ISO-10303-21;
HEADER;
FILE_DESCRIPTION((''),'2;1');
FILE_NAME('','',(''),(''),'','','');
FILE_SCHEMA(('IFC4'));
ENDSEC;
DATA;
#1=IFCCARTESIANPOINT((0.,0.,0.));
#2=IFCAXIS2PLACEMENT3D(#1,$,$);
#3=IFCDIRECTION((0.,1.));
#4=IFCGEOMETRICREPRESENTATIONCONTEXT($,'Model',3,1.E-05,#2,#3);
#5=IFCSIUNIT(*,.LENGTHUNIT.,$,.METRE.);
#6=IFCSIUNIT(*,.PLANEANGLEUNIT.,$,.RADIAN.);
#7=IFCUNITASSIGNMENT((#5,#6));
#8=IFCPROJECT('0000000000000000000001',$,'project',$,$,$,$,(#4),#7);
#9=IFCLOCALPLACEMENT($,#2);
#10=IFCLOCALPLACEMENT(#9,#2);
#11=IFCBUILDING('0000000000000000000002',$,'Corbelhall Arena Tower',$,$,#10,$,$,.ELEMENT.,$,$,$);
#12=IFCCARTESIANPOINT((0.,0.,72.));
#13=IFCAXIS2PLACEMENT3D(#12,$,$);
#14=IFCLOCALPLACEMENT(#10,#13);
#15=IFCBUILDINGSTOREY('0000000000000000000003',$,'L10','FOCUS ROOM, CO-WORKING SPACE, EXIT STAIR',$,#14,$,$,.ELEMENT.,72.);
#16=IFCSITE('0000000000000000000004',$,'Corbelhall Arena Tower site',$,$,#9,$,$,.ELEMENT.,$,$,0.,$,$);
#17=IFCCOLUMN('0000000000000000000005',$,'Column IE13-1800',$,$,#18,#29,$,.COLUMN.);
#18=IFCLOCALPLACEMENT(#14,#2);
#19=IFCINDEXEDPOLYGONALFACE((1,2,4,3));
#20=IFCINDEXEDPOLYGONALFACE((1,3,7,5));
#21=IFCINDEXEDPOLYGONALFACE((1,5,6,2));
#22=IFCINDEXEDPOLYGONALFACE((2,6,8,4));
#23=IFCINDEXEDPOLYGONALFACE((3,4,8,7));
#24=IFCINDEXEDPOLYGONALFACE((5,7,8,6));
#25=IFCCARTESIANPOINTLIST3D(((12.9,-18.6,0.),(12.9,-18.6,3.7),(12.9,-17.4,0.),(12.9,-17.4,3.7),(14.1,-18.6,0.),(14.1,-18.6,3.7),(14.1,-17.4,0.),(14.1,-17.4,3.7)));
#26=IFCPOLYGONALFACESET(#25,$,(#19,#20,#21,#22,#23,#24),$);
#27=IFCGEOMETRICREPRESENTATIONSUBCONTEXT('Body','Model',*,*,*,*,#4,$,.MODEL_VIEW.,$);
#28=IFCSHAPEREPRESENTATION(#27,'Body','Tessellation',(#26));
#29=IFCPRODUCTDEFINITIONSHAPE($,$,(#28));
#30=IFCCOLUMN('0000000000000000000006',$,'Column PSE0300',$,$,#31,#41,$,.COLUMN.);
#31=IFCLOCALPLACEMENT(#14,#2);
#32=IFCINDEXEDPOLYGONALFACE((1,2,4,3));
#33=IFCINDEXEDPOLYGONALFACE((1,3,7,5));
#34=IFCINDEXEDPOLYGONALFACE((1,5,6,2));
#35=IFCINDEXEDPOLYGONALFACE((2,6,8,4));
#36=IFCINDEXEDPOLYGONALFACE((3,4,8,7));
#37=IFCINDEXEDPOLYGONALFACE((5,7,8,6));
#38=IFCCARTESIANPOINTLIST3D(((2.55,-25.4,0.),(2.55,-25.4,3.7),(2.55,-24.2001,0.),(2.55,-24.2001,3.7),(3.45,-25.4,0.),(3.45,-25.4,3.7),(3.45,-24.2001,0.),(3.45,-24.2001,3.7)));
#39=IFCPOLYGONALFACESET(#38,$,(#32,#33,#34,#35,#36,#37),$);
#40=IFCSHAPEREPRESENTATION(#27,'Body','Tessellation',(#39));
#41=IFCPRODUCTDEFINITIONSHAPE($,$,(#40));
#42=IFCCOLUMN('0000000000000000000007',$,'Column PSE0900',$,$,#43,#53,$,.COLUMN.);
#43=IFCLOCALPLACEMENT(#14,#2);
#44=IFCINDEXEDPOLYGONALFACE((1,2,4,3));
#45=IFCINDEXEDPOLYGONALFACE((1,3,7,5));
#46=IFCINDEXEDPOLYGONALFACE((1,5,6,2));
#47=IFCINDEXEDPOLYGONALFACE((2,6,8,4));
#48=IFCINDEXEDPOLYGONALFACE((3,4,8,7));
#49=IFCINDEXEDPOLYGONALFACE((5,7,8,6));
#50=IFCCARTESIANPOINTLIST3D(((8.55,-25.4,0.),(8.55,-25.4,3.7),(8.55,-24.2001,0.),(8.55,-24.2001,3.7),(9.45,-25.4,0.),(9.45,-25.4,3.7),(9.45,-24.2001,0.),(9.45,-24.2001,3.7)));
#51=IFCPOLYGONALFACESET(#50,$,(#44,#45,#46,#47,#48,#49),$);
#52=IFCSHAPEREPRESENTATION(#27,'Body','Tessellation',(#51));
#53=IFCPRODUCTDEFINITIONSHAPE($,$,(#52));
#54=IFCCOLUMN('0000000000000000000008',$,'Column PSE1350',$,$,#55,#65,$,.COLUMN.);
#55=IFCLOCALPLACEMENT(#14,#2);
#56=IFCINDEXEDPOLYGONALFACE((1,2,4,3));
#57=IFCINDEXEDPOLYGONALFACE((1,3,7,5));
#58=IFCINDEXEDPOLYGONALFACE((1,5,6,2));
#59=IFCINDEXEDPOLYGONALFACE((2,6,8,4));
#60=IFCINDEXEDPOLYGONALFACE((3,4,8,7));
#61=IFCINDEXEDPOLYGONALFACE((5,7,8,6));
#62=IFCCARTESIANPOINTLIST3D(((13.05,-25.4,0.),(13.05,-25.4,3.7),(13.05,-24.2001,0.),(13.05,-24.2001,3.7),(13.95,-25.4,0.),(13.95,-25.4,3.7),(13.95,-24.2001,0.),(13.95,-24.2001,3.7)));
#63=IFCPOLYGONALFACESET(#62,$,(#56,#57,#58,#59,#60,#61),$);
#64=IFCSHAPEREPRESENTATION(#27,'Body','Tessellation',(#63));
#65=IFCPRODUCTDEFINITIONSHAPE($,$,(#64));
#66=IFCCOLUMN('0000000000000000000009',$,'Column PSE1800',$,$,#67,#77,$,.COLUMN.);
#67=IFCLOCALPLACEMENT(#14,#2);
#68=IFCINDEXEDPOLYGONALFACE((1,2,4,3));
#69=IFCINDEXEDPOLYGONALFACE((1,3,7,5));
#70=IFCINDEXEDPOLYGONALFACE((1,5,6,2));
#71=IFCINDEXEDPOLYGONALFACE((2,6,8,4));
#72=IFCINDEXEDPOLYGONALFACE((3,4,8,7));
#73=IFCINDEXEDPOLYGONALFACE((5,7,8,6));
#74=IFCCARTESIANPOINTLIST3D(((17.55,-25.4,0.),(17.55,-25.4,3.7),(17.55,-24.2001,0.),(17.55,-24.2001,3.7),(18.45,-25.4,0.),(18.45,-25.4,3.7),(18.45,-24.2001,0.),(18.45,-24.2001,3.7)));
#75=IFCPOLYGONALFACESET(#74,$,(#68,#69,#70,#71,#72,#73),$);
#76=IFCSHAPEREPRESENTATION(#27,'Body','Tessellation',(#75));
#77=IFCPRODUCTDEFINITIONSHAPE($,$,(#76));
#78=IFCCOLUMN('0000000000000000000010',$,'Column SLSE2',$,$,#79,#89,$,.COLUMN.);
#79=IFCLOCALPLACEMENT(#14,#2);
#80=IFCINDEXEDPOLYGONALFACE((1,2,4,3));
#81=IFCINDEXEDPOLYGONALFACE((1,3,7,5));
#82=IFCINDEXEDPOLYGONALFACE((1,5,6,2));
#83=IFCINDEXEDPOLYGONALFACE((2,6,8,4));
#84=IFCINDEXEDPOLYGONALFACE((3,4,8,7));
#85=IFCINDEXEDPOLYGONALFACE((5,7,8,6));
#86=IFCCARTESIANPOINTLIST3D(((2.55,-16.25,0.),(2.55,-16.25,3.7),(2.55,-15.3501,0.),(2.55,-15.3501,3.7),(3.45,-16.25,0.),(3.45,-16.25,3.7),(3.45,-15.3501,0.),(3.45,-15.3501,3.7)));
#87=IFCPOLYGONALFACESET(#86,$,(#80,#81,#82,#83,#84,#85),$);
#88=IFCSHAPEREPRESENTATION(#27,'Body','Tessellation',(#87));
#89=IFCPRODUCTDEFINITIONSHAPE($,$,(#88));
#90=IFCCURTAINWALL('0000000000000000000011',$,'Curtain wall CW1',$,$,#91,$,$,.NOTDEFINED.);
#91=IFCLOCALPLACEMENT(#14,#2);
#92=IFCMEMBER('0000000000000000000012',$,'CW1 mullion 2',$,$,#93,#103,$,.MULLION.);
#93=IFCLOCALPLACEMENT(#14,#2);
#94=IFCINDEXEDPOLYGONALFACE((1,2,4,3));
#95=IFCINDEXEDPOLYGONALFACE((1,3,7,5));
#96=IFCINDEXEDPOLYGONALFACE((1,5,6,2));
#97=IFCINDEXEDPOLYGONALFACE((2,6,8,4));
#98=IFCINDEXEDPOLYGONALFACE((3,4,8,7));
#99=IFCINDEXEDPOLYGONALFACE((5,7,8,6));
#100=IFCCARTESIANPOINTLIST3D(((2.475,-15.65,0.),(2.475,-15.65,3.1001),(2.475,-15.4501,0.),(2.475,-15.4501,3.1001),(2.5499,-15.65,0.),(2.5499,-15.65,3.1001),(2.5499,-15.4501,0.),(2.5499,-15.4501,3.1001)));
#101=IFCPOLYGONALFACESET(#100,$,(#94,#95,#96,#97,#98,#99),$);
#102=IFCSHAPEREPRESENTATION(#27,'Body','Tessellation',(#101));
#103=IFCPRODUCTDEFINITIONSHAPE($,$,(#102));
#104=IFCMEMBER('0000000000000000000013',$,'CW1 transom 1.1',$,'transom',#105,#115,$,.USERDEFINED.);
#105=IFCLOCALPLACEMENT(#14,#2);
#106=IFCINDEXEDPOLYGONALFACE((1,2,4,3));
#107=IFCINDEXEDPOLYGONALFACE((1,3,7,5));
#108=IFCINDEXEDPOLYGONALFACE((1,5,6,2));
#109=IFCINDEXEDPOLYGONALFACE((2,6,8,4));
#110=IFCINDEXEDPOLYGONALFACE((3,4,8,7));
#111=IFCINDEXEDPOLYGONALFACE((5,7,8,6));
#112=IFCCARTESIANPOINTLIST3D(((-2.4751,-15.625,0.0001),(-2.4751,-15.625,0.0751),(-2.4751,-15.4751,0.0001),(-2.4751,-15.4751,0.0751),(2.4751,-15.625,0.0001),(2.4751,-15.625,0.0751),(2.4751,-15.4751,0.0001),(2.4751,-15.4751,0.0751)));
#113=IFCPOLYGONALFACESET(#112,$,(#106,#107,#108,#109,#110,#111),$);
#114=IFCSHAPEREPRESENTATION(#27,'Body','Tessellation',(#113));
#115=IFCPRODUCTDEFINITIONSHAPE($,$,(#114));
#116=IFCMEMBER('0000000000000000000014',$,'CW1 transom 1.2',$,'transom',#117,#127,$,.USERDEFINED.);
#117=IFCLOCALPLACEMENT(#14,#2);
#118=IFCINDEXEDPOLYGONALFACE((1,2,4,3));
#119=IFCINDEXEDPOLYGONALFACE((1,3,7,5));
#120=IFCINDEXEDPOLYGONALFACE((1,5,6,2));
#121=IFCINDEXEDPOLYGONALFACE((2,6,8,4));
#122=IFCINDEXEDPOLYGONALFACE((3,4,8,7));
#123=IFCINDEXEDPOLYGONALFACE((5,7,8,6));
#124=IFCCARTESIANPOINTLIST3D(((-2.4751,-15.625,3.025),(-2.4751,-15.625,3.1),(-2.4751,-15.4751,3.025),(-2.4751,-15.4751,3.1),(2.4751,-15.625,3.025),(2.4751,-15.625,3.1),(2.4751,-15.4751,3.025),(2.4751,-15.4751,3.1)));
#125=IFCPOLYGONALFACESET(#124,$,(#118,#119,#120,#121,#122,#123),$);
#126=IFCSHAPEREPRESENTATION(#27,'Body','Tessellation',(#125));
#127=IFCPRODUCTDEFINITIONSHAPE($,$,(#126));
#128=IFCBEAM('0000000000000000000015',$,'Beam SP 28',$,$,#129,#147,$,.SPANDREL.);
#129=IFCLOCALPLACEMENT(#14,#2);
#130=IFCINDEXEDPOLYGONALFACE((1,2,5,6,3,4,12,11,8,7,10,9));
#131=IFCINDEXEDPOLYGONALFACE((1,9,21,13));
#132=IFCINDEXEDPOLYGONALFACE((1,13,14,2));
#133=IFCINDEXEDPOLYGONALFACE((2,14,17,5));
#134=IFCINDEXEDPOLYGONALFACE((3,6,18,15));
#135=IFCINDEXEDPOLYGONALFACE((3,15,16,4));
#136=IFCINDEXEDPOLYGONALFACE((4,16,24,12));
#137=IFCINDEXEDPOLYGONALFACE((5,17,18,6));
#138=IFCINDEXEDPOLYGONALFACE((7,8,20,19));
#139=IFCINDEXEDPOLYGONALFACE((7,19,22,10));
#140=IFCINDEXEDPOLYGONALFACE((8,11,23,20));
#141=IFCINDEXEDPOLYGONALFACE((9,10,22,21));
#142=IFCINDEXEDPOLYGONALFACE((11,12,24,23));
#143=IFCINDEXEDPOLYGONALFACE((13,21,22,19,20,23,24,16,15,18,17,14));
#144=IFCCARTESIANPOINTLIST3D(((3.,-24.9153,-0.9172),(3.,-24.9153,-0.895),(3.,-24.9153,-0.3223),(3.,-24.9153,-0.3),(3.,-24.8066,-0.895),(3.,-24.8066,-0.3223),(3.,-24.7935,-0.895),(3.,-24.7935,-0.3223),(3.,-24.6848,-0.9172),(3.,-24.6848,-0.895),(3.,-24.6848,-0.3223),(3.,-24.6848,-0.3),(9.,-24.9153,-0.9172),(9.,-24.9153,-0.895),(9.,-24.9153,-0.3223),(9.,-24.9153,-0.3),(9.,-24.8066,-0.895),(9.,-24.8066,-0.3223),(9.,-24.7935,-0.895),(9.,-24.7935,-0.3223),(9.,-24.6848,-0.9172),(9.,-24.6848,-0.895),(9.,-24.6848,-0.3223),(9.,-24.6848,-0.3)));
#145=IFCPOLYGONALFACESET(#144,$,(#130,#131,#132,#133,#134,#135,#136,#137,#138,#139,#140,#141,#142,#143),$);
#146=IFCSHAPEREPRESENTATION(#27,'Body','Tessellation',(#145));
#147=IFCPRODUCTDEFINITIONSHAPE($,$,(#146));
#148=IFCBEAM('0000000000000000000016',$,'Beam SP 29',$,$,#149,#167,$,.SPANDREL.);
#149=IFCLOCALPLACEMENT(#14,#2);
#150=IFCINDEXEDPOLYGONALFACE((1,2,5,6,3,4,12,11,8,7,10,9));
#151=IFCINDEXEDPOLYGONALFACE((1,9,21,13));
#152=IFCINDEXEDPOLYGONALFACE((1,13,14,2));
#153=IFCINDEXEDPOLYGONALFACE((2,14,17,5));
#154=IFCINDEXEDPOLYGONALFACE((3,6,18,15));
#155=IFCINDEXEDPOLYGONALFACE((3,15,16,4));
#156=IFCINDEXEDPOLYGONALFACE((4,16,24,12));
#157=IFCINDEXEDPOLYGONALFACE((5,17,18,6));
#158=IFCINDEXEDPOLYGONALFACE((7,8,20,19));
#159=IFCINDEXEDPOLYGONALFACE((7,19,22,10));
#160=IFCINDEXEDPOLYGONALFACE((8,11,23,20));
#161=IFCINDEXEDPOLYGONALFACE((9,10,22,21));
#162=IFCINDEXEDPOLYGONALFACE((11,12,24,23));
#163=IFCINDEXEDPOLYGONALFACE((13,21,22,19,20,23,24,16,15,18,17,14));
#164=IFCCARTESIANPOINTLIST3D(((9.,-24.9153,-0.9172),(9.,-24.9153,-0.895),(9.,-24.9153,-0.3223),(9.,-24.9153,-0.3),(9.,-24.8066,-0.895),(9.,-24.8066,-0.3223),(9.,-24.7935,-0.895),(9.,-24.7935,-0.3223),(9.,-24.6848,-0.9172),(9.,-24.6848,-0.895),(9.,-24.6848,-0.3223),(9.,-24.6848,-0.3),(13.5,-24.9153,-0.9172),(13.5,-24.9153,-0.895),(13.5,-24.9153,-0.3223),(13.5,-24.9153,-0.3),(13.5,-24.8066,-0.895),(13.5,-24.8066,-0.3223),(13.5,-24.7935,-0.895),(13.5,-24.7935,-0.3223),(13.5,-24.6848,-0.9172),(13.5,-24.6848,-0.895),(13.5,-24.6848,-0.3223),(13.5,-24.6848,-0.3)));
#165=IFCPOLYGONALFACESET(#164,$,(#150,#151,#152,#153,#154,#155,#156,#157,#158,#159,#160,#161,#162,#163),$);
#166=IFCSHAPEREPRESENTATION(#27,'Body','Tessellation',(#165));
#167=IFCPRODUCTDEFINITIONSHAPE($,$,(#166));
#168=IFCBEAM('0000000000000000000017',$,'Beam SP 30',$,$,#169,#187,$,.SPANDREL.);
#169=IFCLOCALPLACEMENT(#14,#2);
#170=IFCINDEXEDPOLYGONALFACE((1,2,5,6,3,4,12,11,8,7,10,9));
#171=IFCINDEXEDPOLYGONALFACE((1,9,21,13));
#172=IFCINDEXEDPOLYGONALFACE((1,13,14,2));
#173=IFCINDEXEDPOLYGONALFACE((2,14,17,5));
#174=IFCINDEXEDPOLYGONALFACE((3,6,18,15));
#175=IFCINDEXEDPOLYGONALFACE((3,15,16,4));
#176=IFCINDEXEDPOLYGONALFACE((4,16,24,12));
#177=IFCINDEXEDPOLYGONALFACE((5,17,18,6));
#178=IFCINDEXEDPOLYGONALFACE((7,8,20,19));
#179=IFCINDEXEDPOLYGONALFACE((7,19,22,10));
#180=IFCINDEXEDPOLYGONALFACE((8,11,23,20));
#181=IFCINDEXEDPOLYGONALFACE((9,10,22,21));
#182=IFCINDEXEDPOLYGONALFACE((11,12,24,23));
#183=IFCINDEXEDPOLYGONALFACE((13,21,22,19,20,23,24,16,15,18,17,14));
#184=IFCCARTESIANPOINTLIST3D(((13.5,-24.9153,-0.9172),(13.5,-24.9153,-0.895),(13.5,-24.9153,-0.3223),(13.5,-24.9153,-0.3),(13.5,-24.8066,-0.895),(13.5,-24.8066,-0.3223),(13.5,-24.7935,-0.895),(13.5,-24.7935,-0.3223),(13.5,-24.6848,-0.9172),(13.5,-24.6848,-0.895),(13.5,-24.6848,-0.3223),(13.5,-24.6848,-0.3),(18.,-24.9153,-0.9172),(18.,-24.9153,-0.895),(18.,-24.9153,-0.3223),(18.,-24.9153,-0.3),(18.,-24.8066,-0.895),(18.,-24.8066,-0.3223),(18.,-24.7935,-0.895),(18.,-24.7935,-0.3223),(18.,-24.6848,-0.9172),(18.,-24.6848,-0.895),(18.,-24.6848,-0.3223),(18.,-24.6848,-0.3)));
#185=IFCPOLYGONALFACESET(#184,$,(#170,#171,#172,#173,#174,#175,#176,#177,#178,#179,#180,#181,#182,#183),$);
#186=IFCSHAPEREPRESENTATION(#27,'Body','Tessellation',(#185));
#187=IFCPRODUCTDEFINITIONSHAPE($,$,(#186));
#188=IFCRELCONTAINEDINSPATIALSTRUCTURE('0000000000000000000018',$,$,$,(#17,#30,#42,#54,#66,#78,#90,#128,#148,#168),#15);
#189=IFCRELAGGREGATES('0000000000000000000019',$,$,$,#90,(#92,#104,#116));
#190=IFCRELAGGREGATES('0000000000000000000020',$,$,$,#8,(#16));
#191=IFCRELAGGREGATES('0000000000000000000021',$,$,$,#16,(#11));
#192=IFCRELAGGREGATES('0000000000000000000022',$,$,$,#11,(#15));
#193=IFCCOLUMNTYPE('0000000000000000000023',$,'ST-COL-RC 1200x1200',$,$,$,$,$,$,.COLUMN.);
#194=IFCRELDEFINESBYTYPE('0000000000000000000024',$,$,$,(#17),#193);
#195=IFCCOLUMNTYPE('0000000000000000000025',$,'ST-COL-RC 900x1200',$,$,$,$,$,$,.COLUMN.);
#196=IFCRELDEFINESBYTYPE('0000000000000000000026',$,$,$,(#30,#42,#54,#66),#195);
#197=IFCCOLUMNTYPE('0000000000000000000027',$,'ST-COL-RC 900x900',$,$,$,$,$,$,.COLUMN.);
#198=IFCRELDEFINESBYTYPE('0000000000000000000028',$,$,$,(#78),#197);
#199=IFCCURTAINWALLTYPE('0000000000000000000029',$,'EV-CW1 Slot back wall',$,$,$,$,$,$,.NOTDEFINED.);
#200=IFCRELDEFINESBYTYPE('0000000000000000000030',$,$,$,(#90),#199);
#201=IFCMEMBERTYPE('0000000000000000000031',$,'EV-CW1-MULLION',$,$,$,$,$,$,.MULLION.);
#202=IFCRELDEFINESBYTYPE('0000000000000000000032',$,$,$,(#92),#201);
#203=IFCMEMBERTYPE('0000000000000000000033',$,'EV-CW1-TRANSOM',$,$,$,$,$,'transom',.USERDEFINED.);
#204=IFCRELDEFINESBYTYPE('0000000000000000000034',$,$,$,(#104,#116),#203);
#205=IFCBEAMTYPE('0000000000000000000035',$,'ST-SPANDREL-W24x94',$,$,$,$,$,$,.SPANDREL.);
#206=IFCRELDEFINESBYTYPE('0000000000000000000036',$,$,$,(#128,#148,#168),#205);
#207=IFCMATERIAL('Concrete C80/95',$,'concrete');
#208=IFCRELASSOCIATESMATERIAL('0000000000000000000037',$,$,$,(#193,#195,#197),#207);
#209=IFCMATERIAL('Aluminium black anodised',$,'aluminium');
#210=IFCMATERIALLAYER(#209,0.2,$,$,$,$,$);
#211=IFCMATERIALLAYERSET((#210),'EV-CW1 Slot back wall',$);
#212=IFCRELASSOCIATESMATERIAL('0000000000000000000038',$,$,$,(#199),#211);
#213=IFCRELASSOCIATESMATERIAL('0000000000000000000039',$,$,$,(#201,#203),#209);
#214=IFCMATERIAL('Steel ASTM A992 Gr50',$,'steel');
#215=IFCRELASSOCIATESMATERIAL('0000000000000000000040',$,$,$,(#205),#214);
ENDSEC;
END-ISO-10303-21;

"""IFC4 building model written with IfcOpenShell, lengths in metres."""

from ifc_helpers import new_model, si_unit, direction, frame, origin, origin_2d, place, context, subcontext, project, spatial, rectangle, i_section, extrude, material, layer, layer_set, material_profile, profile_set, type_object, element, aggregate, save


model = new_model("IFC4")

# Units and contexts
model_context = context("Model", 3, precision=1e-05, world=origin(), true_north=direction((0.0, 1.0)))
body_context = subcontext(model_context, "Body", "Model", "MODEL_VIEW")
ifc_project = project(units=[si_unit("LENGTHUNIT", "METRE"), si_unit("PLANEANGLEUNIT", "RADIAN")], contexts=[model_context])

# Site, building, storey
site_placement = place(None, origin())
site = spatial("IfcSite", under=ifc_project, at=site_placement, Name="Corbelhall Arena Tower site", CompositionType="ELEMENT", RefElevation=0.0)
building_placement = place(site_placement, origin())
building = spatial("IfcBuilding", under=site, at=building_placement, Name="Corbelhall Arena Tower", CompositionType="ELEMENT")
storey_placement = place(building_placement, frame((0.0, 0.0, 72.0)))
storey = spatial("IfcBuildingStorey", under=building, at=storey_placement, Name="L10", Description="FOCUS ROOM, CO-WORKING SPACE, EXIT STAIR", CompositionType="ELEMENT", Elevation=72.0)

# Columns
ifc_material_1 = material(Name="Concrete C80/95", Category="concrete")
ifc_material_profile_1 = material_profile(ifc_material_1, rectangle(XDim=1.2, YDim=1.2, at=origin_2d()))
ifc_profile_set_1 = profile_set([ifc_material_profile_1], Name="Concrete C80/95")
column_type_1 = type_object("IfcColumnType", Name="ST-COL-RC 1200x1200", PredefinedType="COLUMN", material=ifc_profile_set_1)
column_1_placement = place(storey_placement, frame((13.5, -18.0, 0.0), z_axis=(0.0, 0.0, 1.0), x_axis=(1.0, 0.0, 0.0)))
element("IfcColumn", 1, at=column_1_placement, inside=storey, type_object=column_type_1, Name="Column IE13-1800", PredefinedType="COLUMN", context=body_context, shape_type="SweptSolid", body=[
    extrude(rectangle(XDim=1.2, YDim=1.2, at=origin_2d()), origin(), (0.0, 0.0, 1.0), 3.7),
])
ifc_material_profile_2 = material_profile(ifc_material_1, rectangle(XDim=0.8999, YDim=1.2, at=origin_2d()))
ifc_profile_set_2 = profile_set([ifc_material_profile_2], Name="Concrete C80/95")
column_type_2 = type_object("IfcColumnType", Name="ST-COL-RC 900x1200", PredefinedType="COLUMN", material=ifc_profile_set_2)
for number, where, z_axis, x_axis, name in (
    (2, (3.0, -24.8, 0.0), (0.0, 0.0, 1.0), (1.0, 0.0, 0.0), "Column PSE0300"),
    (3, (9.0, -24.8, 0.0), (0.0, 0.0, 1.0), (1.0, 0.0, 0.0), "Column PSE0900"),
    (4, (13.5, -24.8, 0.0), (0.0, 0.0, 1.0), (1.0, 0.0, 0.0), "Column PSE1350"),
    (5, (18.0, -24.8, 0.0), (0.0, 0.0, 1.0), (1.0, 0.0, 0.0), "Column PSE1800"),
):
    element("IfcColumn", number, at=place(storey_placement, frame(where, z_axis=z_axis, x_axis=x_axis)), inside=storey, type_object=column_type_2, Name=name, PredefinedType="COLUMN", context=body_context, shape_type="SweptSolid", body=[
        extrude(rectangle(XDim=0.8999, YDim=1.2, at=origin_2d()), origin(), (0.0, 0.0, 1.0), 3.7),
    ])
ifc_material_profile_3 = material_profile(ifc_material_1, rectangle(XDim=0.8999, YDim=0.8999, at=origin_2d()))
ifc_profile_set_3 = profile_set([ifc_material_profile_3], Name="Concrete C80/95")
column_type_3 = type_object("IfcColumnType", Name="ST-COL-RC 900x900", PredefinedType="COLUMN", material=ifc_profile_set_3)
column_2_placement = place(storey_placement, frame((3.0, -15.8, 0.0), z_axis=(0.0, 0.0, 1.0), x_axis=(1.0, 0.0, 0.0)))
element("IfcColumn", 6, at=column_2_placement, inside=storey, type_object=column_type_3, Name="Column SLSE2", PredefinedType="COLUMN", context=body_context, shape_type="SweptSolid", body=[
    extrude(rectangle(XDim=0.8999, YDim=0.8999, at=origin_2d()), origin(), (0.0, 0.0, 1.0), 3.7),
])

# Curtain wall, members
ifc_material_2 = material(Name="Aluminium black anodised", Category="aluminium")
ifc_layer_1 = layer(ifc_material_2, 0.2)
ifc_layer_set_1 = layer_set([ifc_layer_1], Name="EV-CW1 Slot back wall")
curtain_wall_type = type_object("IfcCurtainWallType", Name="EV-CW1 Slot back wall", PredefinedType="NOTDEFINED", material=ifc_layer_set_1)
curtain_wall_placement = place(storey_placement, origin())
curtain_wall = element("IfcCurtainWall", 7, at=curtain_wall_placement, inside=storey, type_object=curtain_wall_type, Name="Curtain wall CW1", PredefinedType="NOTDEFINED")
ifc_material_profile_4 = material_profile(ifc_material_2, rectangle(XDim=0.2, YDim=0.075, at=origin_2d()))
ifc_profile_set_4 = profile_set([ifc_material_profile_4], Name="Aluminium black anodised")
member_type_1 = type_object("IfcMemberType", Name="EV-CW1-MULLION", PredefinedType="MULLION", material=ifc_profile_set_4)
member_1_placement = place(storey_placement, frame((2.5125, -15.55, 0.0), z_axis=(0.0, 0.0, 1.0), x_axis=(0.0, 1.0, 0.0)))
member_1 = element("IfcMember", 8, at=member_1_placement, type_object=member_type_1, Name="CW1 mullion 2", PredefinedType="MULLION", context=body_context, shape_type="SweptSolid", body=[
    extrude(rectangle(XDim=0.2, YDim=0.075, at=origin_2d()), origin(), (0.0, 0.0, 1.0), 3.1001),
])
ifc_material_profile_5 = material_profile(ifc_material_2, rectangle(XDim=0.1499, YDim=0.075, at=origin_2d()))
ifc_profile_set_5 = profile_set([ifc_material_profile_5], Name="Aluminium black anodised")
member_type_2 = type_object("IfcMemberType", Name="EV-CW1-TRANSOM", ElementType="transom", PredefinedType="USERDEFINED", material=ifc_profile_set_5)
member_2_placement = place(storey_placement, frame((-2.4751, -15.55, 0.0376), z_axis=(1.0, 0.0, 0.0), x_axis=(0.0, 1.0, 0.0)))
member_2 = element("IfcMember", 9, at=member_2_placement, type_object=member_type_2, Name="CW1 transom 1.1", ObjectType="transom", PredefinedType="USERDEFINED", context=body_context, shape_type="SweptSolid", body=[
    extrude(rectangle(XDim=0.1499, YDim=0.075, at=origin_2d()), origin(), (0.0, 0.0, 1.0), 4.9502),
])
member_3_placement = place(storey_placement, frame((-2.4751, -15.55, 3.0625), z_axis=(1.0, 0.0, 0.0), x_axis=(0.0, 1.0, 0.0)))
member_3 = element("IfcMember", 10, at=member_3_placement, type_object=member_type_2, Name="CW1 transom 1.2", ObjectType="transom", PredefinedType="USERDEFINED", context=body_context, shape_type="SweptSolid", body=[
    extrude(rectangle(XDim=0.1499, YDim=0.075, at=origin_2d()), origin(), (0.0, 0.0, 1.0), 4.9502),
])

# Beams
ifc_material_3 = material(Name="Steel ASTM A992 Gr50", Category="steel")
ifc_material_profile_6 = material_profile(ifc_material_3, i_section(OverallWidth=0.2305, OverallDepth=0.6172, WebThickness=0.0132, FlangeThickness=0.0222, at=origin_2d()))
ifc_profile_set_6 = profile_set([ifc_material_profile_6], Name="Steel ASTM A992 Gr50")
beam_type_1 = type_object("IfcBeamType", Name="ST-SPANDREL-W24x94", PredefinedType="SPANDREL", material=ifc_profile_set_6)
beam_1_placement = place(storey_placement, frame((9.0, -24.8, -0.6086), z_axis=(-1.0, 0.0, 0.0), x_axis=(0.0, -1.0, 0.0)))
element("IfcBeam", 11, at=beam_1_placement, inside=storey, type_object=beam_type_1, Name="Beam SP 28", PredefinedType="SPANDREL", context=body_context, shape_type="SweptSolid", body=[
    extrude(i_section(OverallWidth=0.2305, OverallDepth=0.6172, WebThickness=0.0132, FlangeThickness=0.0222, at=origin_2d()), origin(), (0.0, 0.0, 1.0), 6.0),
])
for number, where, z_axis, x_axis, name in (
    (12, (13.5, -24.8, -0.6086), (-1.0, 0.0, 0.0), (0.0, -1.0, 0.0), "Beam SP 29"),
    (13, (18.0, -24.8, -0.6086), (-1.0, 0.0, 0.0), (0.0, -1.0, 0.0), "Beam SP 30"),
):
    element("IfcBeam", number, at=place(storey_placement, frame(where, z_axis=z_axis, x_axis=x_axis)), inside=storey, type_object=beam_type_1, Name=name, PredefinedType="SPANDREL", context=body_context, shape_type="SweptSolid", body=[
        extrude(i_section(OverallWidth=0.2305, OverallDepth=0.6172, WebThickness=0.0132, FlangeThickness=0.0222, at=origin_2d()), origin(), (0.0, 0.0, 1.0), 4.5),
    ])

aggregate(curtain_wall, [member_1, member_2, member_3])

save(model, "model.ifc")
